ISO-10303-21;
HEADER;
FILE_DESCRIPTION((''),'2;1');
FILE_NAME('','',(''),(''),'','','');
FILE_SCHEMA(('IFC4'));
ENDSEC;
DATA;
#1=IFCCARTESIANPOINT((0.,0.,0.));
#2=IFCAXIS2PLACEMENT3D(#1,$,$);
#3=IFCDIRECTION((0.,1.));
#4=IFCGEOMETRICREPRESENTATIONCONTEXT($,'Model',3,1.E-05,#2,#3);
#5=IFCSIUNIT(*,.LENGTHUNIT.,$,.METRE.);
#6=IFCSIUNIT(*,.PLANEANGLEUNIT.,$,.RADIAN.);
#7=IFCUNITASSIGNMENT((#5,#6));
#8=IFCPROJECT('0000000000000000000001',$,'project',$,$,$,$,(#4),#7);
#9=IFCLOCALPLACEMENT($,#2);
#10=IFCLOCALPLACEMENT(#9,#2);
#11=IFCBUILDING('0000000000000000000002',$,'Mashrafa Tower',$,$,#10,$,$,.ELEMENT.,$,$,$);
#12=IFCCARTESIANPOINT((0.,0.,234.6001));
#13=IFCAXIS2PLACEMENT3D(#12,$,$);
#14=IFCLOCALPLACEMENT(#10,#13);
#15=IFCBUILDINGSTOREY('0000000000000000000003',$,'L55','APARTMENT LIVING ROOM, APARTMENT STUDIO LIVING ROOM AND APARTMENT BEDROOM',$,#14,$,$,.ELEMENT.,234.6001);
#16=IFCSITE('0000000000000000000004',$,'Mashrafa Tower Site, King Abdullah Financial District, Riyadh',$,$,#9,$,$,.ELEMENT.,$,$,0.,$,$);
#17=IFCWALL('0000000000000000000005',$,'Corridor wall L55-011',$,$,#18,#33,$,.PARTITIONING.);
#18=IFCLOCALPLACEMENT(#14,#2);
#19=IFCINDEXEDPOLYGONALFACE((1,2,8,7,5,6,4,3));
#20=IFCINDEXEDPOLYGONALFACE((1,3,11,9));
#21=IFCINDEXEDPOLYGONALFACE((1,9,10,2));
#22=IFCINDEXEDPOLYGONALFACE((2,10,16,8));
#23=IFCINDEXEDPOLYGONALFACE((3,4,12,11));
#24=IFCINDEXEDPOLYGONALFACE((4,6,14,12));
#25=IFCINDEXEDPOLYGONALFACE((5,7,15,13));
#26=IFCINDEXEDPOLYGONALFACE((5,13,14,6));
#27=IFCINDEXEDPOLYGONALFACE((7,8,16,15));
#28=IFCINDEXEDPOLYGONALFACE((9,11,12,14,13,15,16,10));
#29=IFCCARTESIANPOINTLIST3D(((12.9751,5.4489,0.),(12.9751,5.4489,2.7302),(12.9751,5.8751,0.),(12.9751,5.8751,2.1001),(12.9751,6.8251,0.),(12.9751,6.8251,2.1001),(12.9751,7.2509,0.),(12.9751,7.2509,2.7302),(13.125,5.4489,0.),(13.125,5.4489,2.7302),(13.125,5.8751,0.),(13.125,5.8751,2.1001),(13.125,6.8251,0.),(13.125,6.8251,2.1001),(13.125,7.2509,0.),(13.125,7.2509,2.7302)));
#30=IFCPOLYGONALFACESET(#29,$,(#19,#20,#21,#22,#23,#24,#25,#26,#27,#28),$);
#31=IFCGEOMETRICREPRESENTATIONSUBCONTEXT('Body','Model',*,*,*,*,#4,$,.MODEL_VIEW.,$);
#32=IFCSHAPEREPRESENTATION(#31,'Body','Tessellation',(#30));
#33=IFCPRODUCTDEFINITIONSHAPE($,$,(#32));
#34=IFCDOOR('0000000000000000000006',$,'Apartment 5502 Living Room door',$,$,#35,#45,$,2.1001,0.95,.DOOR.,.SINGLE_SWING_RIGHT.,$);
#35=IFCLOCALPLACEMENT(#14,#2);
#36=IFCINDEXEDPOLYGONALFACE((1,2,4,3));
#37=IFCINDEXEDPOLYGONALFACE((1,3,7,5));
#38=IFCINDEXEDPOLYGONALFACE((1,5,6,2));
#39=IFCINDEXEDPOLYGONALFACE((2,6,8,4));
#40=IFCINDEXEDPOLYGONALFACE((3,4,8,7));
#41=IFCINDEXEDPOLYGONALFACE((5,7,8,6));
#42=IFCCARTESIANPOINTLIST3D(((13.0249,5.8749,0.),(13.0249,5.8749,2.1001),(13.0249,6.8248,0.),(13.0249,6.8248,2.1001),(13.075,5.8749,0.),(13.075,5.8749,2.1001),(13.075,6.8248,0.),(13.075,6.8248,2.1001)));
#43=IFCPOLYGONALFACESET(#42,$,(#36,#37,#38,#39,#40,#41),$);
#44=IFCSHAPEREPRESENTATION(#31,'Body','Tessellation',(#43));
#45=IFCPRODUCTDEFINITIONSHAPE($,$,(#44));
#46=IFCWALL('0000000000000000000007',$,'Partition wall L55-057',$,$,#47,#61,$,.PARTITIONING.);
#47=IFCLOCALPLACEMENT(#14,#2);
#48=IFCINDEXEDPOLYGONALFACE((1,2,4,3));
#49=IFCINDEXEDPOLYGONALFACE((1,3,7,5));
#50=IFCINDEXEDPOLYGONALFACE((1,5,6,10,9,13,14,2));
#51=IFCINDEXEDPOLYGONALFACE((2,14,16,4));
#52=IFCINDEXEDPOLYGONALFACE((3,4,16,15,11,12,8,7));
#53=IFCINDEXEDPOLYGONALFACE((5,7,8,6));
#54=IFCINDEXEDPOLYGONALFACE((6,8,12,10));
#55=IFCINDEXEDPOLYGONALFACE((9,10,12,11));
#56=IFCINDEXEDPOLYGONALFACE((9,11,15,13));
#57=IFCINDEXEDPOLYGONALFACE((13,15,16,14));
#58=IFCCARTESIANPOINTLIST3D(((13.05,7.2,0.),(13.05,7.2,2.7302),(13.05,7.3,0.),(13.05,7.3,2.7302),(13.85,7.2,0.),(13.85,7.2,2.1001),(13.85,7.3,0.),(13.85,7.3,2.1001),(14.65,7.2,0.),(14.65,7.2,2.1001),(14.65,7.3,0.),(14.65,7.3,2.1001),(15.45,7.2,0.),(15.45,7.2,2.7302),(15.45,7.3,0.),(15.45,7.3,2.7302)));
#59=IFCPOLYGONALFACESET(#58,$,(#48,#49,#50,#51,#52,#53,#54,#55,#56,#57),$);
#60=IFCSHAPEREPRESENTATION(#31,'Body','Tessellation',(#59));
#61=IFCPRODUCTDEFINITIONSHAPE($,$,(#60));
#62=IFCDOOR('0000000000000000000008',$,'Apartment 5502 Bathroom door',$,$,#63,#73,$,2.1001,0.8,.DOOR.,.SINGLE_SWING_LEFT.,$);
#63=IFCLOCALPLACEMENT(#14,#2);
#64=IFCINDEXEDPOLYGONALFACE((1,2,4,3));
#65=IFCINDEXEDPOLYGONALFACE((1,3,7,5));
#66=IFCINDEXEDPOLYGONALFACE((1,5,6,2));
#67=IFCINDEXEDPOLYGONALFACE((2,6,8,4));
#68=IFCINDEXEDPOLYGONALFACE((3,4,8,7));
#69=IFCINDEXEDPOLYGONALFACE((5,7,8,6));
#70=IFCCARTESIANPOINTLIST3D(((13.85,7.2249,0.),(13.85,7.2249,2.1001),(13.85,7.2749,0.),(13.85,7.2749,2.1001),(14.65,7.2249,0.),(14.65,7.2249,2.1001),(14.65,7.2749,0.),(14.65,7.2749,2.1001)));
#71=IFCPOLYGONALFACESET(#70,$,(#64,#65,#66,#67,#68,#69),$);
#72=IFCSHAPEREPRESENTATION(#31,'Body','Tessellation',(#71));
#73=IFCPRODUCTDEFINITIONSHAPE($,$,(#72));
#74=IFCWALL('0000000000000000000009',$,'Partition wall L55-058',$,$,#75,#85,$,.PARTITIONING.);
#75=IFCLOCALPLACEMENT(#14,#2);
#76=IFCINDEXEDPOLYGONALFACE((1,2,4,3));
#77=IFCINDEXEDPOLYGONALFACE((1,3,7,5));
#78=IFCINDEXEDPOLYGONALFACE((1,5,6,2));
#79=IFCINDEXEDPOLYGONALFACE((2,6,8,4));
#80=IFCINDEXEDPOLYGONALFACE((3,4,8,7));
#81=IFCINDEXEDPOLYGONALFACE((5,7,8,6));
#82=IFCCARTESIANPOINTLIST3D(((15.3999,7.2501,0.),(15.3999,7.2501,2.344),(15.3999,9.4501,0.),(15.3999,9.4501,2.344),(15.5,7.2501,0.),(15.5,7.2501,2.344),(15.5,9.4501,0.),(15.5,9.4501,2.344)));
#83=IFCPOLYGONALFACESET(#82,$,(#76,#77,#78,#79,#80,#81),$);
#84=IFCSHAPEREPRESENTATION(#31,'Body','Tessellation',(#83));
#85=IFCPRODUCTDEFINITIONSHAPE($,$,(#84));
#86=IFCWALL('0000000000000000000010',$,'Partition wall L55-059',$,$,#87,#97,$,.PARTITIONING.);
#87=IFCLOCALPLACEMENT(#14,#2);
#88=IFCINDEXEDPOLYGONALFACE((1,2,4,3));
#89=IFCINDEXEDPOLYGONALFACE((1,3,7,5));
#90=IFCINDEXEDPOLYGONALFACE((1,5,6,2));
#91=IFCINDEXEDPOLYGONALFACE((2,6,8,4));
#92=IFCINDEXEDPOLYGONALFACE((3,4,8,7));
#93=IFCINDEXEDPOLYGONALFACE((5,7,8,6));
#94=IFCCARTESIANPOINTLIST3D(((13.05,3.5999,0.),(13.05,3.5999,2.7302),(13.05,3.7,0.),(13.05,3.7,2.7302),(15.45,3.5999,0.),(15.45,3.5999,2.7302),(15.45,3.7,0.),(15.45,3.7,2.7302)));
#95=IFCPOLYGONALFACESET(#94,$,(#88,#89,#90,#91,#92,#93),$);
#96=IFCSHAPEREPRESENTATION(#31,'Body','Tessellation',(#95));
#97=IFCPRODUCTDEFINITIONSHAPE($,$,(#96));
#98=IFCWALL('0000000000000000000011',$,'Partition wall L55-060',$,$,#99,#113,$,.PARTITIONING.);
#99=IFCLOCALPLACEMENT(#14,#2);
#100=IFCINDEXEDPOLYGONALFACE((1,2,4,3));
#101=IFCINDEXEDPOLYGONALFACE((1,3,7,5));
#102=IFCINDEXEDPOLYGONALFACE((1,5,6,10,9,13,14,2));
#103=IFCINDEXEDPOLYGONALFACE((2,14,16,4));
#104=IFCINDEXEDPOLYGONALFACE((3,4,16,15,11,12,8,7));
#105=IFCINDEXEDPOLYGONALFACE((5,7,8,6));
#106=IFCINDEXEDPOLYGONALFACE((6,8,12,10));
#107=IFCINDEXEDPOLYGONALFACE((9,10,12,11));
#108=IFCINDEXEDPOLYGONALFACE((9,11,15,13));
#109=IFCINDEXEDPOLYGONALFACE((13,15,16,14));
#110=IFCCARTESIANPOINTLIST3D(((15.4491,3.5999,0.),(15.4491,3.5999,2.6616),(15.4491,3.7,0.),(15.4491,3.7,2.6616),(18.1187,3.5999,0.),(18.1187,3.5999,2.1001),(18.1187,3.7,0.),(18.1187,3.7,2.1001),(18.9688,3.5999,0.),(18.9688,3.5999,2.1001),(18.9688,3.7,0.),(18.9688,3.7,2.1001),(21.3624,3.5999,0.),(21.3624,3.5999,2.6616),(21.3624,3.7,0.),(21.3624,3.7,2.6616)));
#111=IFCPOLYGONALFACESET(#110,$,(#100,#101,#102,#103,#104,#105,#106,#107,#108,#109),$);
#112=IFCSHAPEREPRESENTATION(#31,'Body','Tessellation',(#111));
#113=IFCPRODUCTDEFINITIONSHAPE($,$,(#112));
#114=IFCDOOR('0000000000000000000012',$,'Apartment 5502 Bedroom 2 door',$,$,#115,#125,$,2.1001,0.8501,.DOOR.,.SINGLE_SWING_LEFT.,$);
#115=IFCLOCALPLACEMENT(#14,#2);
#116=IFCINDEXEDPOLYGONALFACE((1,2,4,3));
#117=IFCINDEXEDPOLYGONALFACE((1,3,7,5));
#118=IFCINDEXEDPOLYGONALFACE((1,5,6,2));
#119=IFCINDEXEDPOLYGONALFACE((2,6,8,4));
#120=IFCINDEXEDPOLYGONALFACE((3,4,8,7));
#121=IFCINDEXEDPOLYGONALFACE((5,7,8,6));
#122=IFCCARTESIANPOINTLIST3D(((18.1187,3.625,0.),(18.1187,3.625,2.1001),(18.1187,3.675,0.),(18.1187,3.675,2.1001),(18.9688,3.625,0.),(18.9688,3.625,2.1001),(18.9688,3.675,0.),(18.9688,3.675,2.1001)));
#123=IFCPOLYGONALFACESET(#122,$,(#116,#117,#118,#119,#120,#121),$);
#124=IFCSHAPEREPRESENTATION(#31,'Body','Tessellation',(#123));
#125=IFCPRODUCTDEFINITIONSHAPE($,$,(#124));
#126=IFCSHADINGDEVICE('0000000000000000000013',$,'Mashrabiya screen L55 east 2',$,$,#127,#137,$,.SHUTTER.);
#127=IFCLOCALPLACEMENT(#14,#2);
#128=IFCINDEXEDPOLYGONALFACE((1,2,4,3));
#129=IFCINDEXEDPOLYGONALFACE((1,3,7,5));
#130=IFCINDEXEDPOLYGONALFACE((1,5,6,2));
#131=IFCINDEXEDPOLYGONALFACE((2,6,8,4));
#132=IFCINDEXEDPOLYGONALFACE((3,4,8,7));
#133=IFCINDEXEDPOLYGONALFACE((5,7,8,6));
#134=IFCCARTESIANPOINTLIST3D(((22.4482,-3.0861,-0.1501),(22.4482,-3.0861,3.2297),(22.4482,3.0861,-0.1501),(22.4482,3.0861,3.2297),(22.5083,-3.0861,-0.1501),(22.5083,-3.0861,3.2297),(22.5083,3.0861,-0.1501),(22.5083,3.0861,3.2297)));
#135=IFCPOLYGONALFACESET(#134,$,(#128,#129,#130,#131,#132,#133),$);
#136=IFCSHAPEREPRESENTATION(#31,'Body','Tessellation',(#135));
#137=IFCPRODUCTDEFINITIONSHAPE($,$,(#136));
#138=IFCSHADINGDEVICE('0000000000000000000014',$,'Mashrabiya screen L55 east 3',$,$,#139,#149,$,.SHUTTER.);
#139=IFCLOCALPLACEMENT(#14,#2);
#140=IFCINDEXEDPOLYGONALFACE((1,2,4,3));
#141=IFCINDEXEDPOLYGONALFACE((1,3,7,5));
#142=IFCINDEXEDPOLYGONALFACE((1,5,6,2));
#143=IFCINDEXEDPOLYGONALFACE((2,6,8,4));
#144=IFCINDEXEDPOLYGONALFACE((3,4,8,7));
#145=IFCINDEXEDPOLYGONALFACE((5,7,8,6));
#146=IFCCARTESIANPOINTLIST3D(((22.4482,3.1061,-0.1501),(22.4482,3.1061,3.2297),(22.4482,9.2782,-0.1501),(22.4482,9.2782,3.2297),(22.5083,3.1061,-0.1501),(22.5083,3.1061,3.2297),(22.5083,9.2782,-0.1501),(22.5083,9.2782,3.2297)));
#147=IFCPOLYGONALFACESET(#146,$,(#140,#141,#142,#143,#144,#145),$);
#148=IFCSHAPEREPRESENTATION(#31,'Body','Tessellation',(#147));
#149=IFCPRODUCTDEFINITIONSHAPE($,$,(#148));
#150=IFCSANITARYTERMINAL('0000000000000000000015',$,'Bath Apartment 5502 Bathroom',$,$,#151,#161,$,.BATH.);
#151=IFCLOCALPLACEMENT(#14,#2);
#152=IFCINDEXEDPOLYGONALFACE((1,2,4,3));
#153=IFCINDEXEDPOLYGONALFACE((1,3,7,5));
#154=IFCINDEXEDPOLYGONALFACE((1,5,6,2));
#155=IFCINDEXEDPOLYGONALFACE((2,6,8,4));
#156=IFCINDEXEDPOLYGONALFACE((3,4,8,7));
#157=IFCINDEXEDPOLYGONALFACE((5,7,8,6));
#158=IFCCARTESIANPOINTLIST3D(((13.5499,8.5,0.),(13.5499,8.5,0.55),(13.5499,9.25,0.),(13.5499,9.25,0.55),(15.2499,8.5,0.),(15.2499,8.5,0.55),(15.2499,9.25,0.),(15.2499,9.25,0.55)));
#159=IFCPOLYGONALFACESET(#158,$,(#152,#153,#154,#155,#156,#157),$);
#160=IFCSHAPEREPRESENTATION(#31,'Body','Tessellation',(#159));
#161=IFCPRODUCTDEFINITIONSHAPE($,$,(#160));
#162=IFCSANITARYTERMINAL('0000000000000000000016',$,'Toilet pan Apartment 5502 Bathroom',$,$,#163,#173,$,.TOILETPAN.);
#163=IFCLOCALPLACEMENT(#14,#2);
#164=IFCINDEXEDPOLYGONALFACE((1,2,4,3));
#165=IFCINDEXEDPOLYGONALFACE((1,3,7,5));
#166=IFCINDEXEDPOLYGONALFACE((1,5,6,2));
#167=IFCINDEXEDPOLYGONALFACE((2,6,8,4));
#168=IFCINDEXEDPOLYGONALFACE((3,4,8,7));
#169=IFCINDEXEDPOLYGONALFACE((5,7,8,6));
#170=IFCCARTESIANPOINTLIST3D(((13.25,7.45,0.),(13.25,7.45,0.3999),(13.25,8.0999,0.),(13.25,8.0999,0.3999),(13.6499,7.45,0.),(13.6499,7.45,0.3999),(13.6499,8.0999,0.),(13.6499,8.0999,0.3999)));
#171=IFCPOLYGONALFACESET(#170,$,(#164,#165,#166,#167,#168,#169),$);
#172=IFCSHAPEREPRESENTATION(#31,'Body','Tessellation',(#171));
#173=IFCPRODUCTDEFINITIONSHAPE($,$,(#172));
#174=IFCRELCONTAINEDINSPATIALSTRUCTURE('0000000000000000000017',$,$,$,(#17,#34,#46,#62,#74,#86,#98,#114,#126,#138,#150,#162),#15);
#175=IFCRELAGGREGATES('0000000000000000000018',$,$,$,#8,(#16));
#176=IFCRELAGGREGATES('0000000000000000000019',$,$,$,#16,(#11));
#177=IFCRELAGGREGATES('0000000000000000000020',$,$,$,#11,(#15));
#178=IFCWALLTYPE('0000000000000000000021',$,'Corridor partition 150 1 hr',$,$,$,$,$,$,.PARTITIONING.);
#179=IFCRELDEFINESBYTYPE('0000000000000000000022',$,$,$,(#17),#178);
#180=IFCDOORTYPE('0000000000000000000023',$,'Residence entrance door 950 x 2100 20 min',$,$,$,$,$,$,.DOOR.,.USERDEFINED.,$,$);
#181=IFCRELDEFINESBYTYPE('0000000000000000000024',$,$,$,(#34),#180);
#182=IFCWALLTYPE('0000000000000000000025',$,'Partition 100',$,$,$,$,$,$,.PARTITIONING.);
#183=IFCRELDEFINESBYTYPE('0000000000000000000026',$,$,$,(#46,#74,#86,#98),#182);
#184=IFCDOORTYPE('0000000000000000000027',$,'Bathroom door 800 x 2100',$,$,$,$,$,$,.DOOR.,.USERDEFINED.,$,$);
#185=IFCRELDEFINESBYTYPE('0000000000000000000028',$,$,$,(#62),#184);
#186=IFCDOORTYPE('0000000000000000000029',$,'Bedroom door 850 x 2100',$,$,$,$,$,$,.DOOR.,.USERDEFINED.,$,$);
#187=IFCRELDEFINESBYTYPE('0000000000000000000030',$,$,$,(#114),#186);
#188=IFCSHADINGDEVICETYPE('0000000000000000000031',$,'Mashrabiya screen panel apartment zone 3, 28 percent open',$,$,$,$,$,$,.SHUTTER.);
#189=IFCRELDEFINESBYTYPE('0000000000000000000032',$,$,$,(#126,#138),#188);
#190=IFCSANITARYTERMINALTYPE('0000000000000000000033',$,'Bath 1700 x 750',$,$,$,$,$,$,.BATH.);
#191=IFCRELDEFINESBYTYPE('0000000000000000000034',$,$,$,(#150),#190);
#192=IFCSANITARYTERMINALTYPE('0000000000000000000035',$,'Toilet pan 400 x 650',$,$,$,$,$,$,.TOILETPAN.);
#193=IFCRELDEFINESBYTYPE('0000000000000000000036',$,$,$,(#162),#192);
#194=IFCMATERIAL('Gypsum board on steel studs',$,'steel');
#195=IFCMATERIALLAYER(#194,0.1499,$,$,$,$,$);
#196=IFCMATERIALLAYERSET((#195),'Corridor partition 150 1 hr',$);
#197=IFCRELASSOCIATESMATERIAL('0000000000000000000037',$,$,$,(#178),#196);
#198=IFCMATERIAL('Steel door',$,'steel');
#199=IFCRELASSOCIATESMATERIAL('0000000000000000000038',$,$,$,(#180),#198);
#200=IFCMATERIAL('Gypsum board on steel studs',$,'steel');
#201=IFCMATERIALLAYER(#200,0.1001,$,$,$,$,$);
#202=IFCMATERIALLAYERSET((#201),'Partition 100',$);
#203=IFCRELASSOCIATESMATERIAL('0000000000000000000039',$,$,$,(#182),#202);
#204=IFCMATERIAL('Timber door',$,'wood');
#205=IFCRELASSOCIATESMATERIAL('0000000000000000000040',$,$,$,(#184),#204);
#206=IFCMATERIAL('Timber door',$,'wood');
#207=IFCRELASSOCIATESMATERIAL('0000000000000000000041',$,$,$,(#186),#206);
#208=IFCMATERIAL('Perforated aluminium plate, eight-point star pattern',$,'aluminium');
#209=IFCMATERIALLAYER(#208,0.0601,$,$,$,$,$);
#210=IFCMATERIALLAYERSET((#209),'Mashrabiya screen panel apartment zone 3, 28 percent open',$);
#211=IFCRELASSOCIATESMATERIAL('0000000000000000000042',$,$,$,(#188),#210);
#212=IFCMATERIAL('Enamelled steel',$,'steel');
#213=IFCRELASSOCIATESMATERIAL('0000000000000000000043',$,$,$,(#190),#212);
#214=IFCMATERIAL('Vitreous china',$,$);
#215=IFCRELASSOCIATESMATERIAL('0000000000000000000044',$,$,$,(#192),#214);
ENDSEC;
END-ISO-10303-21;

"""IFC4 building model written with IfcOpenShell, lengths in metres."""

from ifc_helpers import new_model, si_unit, direction, frame, frame_2d, origin, origin_2d, place, context, subcontext, project, spatial, rectangle, extrude, source, transform, mapped, material, layer, layer_set, type_object, type_shapes, element, fill, save


model = new_model("IFC4")

# Units and contexts
model_context = context("Model", 3, precision=1e-05, world=origin(), true_north=direction((0.0, 1.0)))
body_context = subcontext(model_context, "Body", "Model", "MODEL_VIEW")
ifc_project = project(units=[si_unit("LENGTHUNIT", "METRE"), si_unit("PLANEANGLEUNIT", "RADIAN")], contexts=[model_context])

# Site, building, storey
site_placement = place(None, origin())
site = spatial("IfcSite", under=ifc_project, at=site_placement, Name="Mashrafa Tower Site, King Abdullah Financial District, Riyadh", CompositionType="ELEMENT", RefElevation=0.0)
building_placement = place(site_placement, origin())
building = spatial("IfcBuilding", under=site, at=building_placement, Name="Mashrafa Tower", CompositionType="ELEMENT")
storey_placement = place(building_placement, frame((0.0, 0.0, 234.6001)))
storey = spatial("IfcBuildingStorey", under=building, at=storey_placement, Name="L55", Description="APARTMENT LIVING ROOM, APARTMENT STUDIO LIVING ROOM AND APARTMENT BEDROOM", CompositionType="ELEMENT", Elevation=234.6001)

# Shared definitions
ifc_material_1 = material(Name="Gypsum board on steel studs", Category="steel")
ifc_layer_1 = layer(ifc_material_1, 0.1499)
ifc_layer_set_1 = layer_set([ifc_layer_1], Name="Corridor partition 150 1 hr")
wall_type_1 = type_object("IfcWallType", Name="Corridor partition 150 1 hr", PredefinedType="PARTITIONING", material=ifc_layer_set_1)

# Walls, openings, doors
wall_1_placement = place(storey_placement, frame((13.05, 5.449, 0.0), z_axis=(0.0, 0.0, 1.0), x_axis=(0.0, 1.0, 0.0)))
wall_1 = element("IfcWall", 1, at=wall_1_placement, inside=storey, type_object=wall_type_1, Name="Corridor wall L55-011", PredefinedType="PARTITIONING", context=body_context, shape_type="SweptSolid", body=[
    extrude(rectangle(XDim=1.802, YDim=0.1499, at=frame_2d((0.9009, 0.0))), origin(), (0.0, 0.0, 1.0), 2.7302),
])
opening_1_placement = place(wall_1_placement, frame((0.426, 0.0, 0.0)))
opening_1 = element("IfcOpeningElement", 2, at=opening_1_placement, cuts=wall_1, PredefinedType="OPENING", context=body_context, shape_type="SweptSolid", body=[
    extrude(rectangle(XDim=0.95, YDim=2.1001, at=frame_2d((0.4751, 1.05))), frame((0.0, 0.085, 0.0), z_axis=(0.0, -1.0, 0.0), x_axis=(1.0, 0.0, 0.0)), (0.0, 0.0, 1.0), 0.1699),
])
ifc_material_2 = material(Name="Steel door", Category="steel")
door_type_1 = type_object("IfcDoorType", Name="Residence entrance door 950 x 2100 20 min", OperationType="USERDEFINED", PredefinedType="DOOR", material=ifc_material_2)
door_1_placement = place(opening_1_placement, frame((0.95, 0.0, 0.0), z_axis=(0.0, 0.0, 1.0), x_axis=(-1.0, 0.0, 0.0)))
door_1 = element("IfcDoor", 3, at=door_1_placement, inside=storey, type_object=door_type_1, Name="Apartment 5502 Living Room door", OperationType="SINGLE_SWING_RIGHT", OverallHeight=2.1001, OverallWidth=0.95, PredefinedType="DOOR", context=body_context, shape_type="SweptSolid", body=[
    extrude(rectangle(XDim=0.95, YDim=2.1001, at=frame_2d((0.4751, 1.05))), frame((0.0, 0.0249, 0.0), z_axis=(0.0, -1.0, 0.0), x_axis=(1.0, 0.0, 0.0)), (0.0, 0.0, 1.0), 0.05),
])
fill(opening_1, door_1)
ifc_material_3 = material(Name="Gypsum board on steel studs", Category="steel")
ifc_layer_2 = layer(ifc_material_3, 0.1001)
ifc_layer_set_2 = layer_set([ifc_layer_2], Name="Partition 100")
wall_type_2 = type_object("IfcWallType", Name="Partition 100", PredefinedType="PARTITIONING", material=ifc_layer_set_2)
wall_2_placement = place(storey_placement, frame((13.05, 7.25, 0.0), z_axis=(0.0, 0.0, 1.0), x_axis=(1.0, 0.0, 0.0)))
wall_2 = element("IfcWall", 4, at=wall_2_placement, inside=storey, type_object=wall_type_2, Name="Partition wall L55-057", PredefinedType="PARTITIONING", context=body_context, shape_type="SweptSolid", body=[
    extrude(rectangle(XDim=2.3999, YDim=0.1001, at=frame_2d((1.2, 0.0))), origin(), (0.0, 0.0, 1.0), 2.7302),
])
opening_2_placement = place(wall_2_placement, frame((0.8, 0.0, 0.0)))
opening_2 = element("IfcOpeningElement", 5, at=opening_2_placement, cuts=wall_2, PredefinedType="OPENING", context=body_context, shape_type="SweptSolid", body=[
    extrude(rectangle(XDim=0.8, YDim=2.1001, at=frame_2d((0.3999, 1.05))), frame((0.0, 0.0601, 0.0), z_axis=(0.0, -1.0, 0.0), x_axis=(1.0, 0.0, 0.0)), (0.0, 0.0, 1.0), 0.1201),
])
ifc_material_4 = material(Name="Timber door", Category="wood")
door_type_2 = type_object("IfcDoorType", Name="Bathroom door 800 x 2100", OperationType="USERDEFINED", PredefinedType="DOOR", material=ifc_material_4)
door_2_placement = place(opening_2_placement, origin())
door_2 = element("IfcDoor", 6, at=door_2_placement, inside=storey, type_object=door_type_2, Name="Apartment 5502 Bathroom door", OperationType="SINGLE_SWING_LEFT", OverallHeight=2.1001, OverallWidth=0.8, PredefinedType="DOOR", context=body_context, shape_type="SweptSolid", body=[
    extrude(rectangle(XDim=0.8, YDim=2.1001, at=frame_2d((0.3999, 1.05))), frame((0.0, 0.0249, 0.0), z_axis=(0.0, -1.0, 0.0), x_axis=(1.0, 0.0, 0.0)), (0.0, 0.0, 1.0), 0.05),
])
fill(opening_2, door_2)

# Walls
wall_3_placement = place(storey_placement, frame((15.45, 7.25, 0.0), z_axis=(0.0, 0.0, 1.0), x_axis=(0.0, 1.0, 0.0)))
element("IfcWall", 7, at=wall_3_placement, inside=storey, type_object=wall_type_2, Name="Partition wall L55-058", PredefinedType="PARTITIONING", context=body_context, shape_type="SweptSolid", body=[
    extrude(rectangle(XDim=2.2, YDim=0.1001, at=frame_2d((1.1001, 0.0))), origin(), (0.0, 0.0, 1.0), 2.344),
])
wall_4_placement = place(storey_placement, frame((13.05, 3.6499, 0.0), z_axis=(0.0, 0.0, 1.0), x_axis=(1.0, 0.0, 0.0)))
element("IfcWall", 8, at=wall_4_placement, inside=storey, type_object=wall_type_2, Name="Partition wall L55-059", PredefinedType="PARTITIONING", context=body_context, shape_type="SweptSolid", body=[
    extrude(rectangle(XDim=2.3999, YDim=0.1001, at=frame_2d((1.2, 0.0))), origin(), (0.0, 0.0, 1.0), 2.7302),
])

# Wall, opening, door
wall_5_placement = place(storey_placement, frame((21.3623, 3.6499, 0.0), z_axis=(0.0, 0.0, 1.0), x_axis=(-1.0, 0.0, 0.0)))
wall_5 = element("IfcWall", 9, at=wall_5_placement, inside=storey, type_object=wall_type_2, Name="Partition wall L55-060", PredefinedType="PARTITIONING", context=body_context, shape_type="SweptSolid", body=[
    extrude(rectangle(XDim=5.9133, YDim=0.1001, at=frame_2d((2.9565, 0.0))), origin(), (0.0, 0.0, 1.0), 2.6616),
])
opening_3_placement = place(wall_5_placement, frame((2.3936, 0.0, 0.0)))
opening_3 = element("IfcOpeningElement", 10, at=opening_3_placement, cuts=wall_5, PredefinedType="OPENING", context=body_context, shape_type="SweptSolid", body=[
    extrude(rectangle(XDim=0.8501, YDim=2.1001, at=frame_2d((0.425, 1.05))), frame((0.0, 0.0601, 0.0), z_axis=(0.0, -1.0, 0.0), x_axis=(1.0, 0.0, 0.0)), (0.0, 0.0, 1.0), 0.1201),
])
ifc_material_5 = material(Name="Timber door", Category="wood")
door_type_3 = type_object("IfcDoorType", Name="Bedroom door 850 x 2100", OperationType="USERDEFINED", PredefinedType="DOOR", material=ifc_material_5)
door_3_placement = place(opening_3_placement, origin())
door_3 = element("IfcDoor", 11, at=door_3_placement, inside=storey, type_object=door_type_3, Name="Apartment 5502 Bedroom 2 door", OperationType="SINGLE_SWING_LEFT", OverallHeight=2.1001, OverallWidth=0.8501, PredefinedType="DOOR", context=body_context, shape_type="SweptSolid", body=[
    extrude(rectangle(XDim=0.8501, YDim=2.1001, at=frame_2d((0.425, 1.05))), frame((0.0, 0.0249, 0.0), z_axis=(0.0, -1.0, 0.0), x_axis=(1.0, 0.0, 0.0)), (0.0, 0.0, 1.0), 0.05),
])
fill(opening_3, door_3)

# Shading devices
ifc_material_6 = material(Name="Perforated aluminium plate, eight-point star pattern", Category="aluminium")
ifc_layer_3 = layer(ifc_material_6, 0.0601)
ifc_layer_set_3 = layer_set([ifc_layer_3], Name="Mashrabiya screen panel apartment zone 3, 28 percent open")
shading_device_type = type_object("IfcShadingDeviceType", Name="Mashrabiya screen panel apartment zone 3, 28 percent open", PredefinedType="SHUTTER", material=ifc_layer_set_3)
shared_shape_1 = source(origin(), body_context, "Body", "SweptSolid", [
    extrude(rectangle(XDim=6.1721, YDim=0.0601, at=origin_2d()), origin(), (0.0, 0.0, 1.0), 3.3799),
])
type_shapes(shading_device_type, [shared_shape_1])
for number, where, z_axis, x_axis, name in (
    (12, (22.4783, 0.0, -0.1501), (0.0, 0.0, 1.0), (0.0, 1.0, 0.0), "Mashrabiya screen L55 east 2"),
    (13, (22.4783, 6.1921, -0.1501), (0.0, 0.0, 1.0), (0.0, 1.0, 0.0), "Mashrabiya screen L55 east 3"),
):
    element("IfcShadingDevice", number, at=place(storey_placement, frame(where, z_axis=z_axis, x_axis=x_axis)), inside=storey, type_object=shading_device_type, Name=name, PredefinedType="SHUTTER", context=body_context, shape_type="MappedRepresentation", body=[
        mapped(shared_shape_1, transform((0.0, 0.0, 0.0))),
    ])

# Sanitary terminals
ifc_material_7 = material(Name="Enamelled steel", Category="steel")
sanitary_terminal_type_1 = type_object("IfcSanitaryTerminalType", Name="Bath 1700 x 750", PredefinedType="BATH", material=ifc_material_7)
sanitary_terminal_1_placement = place(storey_placement, frame((14.3999, 8.875, 0.0), z_axis=(0.0, 0.0, 1.0), x_axis=(-1.0, 0.0, 0.0)))
element("IfcSanitaryTerminal", 14, at=sanitary_terminal_1_placement, inside=storey, type_object=sanitary_terminal_type_1, Name="Bath Apartment 5502 Bathroom", PredefinedType="BATH", context=body_context, shape_type="SweptSolid", body=[
    extrude(rectangle(XDim=1.7, YDim=0.75, at=origin_2d()), origin(), (0.0, 0.0, 1.0), 0.55),
])
ifc_material_8 = material(Name="Vitreous china")
sanitary_terminal_type_2 = type_object("IfcSanitaryTerminalType", Name="Toilet pan 400 x 650", PredefinedType="TOILETPAN", material=ifc_material_8)
sanitary_terminal_2_placement = place(storey_placement, frame((13.45, 7.7749, 0.0), z_axis=(0.0, 0.0, 1.0), x_axis=(1.0, 0.0, 0.0)))
element("IfcSanitaryTerminal", 15, at=sanitary_terminal_2_placement, inside=storey, type_object=sanitary_terminal_type_2, Name="Toilet pan Apartment 5502 Bathroom", PredefinedType="TOILETPAN", context=body_context, shape_type="SweptSolid", body=[
    extrude(rectangle(XDim=0.3999, YDim=0.6499, at=origin_2d()), origin(), (0.0, 0.0, 1.0), 0.3999),
])

save(model, "model.ifc")
